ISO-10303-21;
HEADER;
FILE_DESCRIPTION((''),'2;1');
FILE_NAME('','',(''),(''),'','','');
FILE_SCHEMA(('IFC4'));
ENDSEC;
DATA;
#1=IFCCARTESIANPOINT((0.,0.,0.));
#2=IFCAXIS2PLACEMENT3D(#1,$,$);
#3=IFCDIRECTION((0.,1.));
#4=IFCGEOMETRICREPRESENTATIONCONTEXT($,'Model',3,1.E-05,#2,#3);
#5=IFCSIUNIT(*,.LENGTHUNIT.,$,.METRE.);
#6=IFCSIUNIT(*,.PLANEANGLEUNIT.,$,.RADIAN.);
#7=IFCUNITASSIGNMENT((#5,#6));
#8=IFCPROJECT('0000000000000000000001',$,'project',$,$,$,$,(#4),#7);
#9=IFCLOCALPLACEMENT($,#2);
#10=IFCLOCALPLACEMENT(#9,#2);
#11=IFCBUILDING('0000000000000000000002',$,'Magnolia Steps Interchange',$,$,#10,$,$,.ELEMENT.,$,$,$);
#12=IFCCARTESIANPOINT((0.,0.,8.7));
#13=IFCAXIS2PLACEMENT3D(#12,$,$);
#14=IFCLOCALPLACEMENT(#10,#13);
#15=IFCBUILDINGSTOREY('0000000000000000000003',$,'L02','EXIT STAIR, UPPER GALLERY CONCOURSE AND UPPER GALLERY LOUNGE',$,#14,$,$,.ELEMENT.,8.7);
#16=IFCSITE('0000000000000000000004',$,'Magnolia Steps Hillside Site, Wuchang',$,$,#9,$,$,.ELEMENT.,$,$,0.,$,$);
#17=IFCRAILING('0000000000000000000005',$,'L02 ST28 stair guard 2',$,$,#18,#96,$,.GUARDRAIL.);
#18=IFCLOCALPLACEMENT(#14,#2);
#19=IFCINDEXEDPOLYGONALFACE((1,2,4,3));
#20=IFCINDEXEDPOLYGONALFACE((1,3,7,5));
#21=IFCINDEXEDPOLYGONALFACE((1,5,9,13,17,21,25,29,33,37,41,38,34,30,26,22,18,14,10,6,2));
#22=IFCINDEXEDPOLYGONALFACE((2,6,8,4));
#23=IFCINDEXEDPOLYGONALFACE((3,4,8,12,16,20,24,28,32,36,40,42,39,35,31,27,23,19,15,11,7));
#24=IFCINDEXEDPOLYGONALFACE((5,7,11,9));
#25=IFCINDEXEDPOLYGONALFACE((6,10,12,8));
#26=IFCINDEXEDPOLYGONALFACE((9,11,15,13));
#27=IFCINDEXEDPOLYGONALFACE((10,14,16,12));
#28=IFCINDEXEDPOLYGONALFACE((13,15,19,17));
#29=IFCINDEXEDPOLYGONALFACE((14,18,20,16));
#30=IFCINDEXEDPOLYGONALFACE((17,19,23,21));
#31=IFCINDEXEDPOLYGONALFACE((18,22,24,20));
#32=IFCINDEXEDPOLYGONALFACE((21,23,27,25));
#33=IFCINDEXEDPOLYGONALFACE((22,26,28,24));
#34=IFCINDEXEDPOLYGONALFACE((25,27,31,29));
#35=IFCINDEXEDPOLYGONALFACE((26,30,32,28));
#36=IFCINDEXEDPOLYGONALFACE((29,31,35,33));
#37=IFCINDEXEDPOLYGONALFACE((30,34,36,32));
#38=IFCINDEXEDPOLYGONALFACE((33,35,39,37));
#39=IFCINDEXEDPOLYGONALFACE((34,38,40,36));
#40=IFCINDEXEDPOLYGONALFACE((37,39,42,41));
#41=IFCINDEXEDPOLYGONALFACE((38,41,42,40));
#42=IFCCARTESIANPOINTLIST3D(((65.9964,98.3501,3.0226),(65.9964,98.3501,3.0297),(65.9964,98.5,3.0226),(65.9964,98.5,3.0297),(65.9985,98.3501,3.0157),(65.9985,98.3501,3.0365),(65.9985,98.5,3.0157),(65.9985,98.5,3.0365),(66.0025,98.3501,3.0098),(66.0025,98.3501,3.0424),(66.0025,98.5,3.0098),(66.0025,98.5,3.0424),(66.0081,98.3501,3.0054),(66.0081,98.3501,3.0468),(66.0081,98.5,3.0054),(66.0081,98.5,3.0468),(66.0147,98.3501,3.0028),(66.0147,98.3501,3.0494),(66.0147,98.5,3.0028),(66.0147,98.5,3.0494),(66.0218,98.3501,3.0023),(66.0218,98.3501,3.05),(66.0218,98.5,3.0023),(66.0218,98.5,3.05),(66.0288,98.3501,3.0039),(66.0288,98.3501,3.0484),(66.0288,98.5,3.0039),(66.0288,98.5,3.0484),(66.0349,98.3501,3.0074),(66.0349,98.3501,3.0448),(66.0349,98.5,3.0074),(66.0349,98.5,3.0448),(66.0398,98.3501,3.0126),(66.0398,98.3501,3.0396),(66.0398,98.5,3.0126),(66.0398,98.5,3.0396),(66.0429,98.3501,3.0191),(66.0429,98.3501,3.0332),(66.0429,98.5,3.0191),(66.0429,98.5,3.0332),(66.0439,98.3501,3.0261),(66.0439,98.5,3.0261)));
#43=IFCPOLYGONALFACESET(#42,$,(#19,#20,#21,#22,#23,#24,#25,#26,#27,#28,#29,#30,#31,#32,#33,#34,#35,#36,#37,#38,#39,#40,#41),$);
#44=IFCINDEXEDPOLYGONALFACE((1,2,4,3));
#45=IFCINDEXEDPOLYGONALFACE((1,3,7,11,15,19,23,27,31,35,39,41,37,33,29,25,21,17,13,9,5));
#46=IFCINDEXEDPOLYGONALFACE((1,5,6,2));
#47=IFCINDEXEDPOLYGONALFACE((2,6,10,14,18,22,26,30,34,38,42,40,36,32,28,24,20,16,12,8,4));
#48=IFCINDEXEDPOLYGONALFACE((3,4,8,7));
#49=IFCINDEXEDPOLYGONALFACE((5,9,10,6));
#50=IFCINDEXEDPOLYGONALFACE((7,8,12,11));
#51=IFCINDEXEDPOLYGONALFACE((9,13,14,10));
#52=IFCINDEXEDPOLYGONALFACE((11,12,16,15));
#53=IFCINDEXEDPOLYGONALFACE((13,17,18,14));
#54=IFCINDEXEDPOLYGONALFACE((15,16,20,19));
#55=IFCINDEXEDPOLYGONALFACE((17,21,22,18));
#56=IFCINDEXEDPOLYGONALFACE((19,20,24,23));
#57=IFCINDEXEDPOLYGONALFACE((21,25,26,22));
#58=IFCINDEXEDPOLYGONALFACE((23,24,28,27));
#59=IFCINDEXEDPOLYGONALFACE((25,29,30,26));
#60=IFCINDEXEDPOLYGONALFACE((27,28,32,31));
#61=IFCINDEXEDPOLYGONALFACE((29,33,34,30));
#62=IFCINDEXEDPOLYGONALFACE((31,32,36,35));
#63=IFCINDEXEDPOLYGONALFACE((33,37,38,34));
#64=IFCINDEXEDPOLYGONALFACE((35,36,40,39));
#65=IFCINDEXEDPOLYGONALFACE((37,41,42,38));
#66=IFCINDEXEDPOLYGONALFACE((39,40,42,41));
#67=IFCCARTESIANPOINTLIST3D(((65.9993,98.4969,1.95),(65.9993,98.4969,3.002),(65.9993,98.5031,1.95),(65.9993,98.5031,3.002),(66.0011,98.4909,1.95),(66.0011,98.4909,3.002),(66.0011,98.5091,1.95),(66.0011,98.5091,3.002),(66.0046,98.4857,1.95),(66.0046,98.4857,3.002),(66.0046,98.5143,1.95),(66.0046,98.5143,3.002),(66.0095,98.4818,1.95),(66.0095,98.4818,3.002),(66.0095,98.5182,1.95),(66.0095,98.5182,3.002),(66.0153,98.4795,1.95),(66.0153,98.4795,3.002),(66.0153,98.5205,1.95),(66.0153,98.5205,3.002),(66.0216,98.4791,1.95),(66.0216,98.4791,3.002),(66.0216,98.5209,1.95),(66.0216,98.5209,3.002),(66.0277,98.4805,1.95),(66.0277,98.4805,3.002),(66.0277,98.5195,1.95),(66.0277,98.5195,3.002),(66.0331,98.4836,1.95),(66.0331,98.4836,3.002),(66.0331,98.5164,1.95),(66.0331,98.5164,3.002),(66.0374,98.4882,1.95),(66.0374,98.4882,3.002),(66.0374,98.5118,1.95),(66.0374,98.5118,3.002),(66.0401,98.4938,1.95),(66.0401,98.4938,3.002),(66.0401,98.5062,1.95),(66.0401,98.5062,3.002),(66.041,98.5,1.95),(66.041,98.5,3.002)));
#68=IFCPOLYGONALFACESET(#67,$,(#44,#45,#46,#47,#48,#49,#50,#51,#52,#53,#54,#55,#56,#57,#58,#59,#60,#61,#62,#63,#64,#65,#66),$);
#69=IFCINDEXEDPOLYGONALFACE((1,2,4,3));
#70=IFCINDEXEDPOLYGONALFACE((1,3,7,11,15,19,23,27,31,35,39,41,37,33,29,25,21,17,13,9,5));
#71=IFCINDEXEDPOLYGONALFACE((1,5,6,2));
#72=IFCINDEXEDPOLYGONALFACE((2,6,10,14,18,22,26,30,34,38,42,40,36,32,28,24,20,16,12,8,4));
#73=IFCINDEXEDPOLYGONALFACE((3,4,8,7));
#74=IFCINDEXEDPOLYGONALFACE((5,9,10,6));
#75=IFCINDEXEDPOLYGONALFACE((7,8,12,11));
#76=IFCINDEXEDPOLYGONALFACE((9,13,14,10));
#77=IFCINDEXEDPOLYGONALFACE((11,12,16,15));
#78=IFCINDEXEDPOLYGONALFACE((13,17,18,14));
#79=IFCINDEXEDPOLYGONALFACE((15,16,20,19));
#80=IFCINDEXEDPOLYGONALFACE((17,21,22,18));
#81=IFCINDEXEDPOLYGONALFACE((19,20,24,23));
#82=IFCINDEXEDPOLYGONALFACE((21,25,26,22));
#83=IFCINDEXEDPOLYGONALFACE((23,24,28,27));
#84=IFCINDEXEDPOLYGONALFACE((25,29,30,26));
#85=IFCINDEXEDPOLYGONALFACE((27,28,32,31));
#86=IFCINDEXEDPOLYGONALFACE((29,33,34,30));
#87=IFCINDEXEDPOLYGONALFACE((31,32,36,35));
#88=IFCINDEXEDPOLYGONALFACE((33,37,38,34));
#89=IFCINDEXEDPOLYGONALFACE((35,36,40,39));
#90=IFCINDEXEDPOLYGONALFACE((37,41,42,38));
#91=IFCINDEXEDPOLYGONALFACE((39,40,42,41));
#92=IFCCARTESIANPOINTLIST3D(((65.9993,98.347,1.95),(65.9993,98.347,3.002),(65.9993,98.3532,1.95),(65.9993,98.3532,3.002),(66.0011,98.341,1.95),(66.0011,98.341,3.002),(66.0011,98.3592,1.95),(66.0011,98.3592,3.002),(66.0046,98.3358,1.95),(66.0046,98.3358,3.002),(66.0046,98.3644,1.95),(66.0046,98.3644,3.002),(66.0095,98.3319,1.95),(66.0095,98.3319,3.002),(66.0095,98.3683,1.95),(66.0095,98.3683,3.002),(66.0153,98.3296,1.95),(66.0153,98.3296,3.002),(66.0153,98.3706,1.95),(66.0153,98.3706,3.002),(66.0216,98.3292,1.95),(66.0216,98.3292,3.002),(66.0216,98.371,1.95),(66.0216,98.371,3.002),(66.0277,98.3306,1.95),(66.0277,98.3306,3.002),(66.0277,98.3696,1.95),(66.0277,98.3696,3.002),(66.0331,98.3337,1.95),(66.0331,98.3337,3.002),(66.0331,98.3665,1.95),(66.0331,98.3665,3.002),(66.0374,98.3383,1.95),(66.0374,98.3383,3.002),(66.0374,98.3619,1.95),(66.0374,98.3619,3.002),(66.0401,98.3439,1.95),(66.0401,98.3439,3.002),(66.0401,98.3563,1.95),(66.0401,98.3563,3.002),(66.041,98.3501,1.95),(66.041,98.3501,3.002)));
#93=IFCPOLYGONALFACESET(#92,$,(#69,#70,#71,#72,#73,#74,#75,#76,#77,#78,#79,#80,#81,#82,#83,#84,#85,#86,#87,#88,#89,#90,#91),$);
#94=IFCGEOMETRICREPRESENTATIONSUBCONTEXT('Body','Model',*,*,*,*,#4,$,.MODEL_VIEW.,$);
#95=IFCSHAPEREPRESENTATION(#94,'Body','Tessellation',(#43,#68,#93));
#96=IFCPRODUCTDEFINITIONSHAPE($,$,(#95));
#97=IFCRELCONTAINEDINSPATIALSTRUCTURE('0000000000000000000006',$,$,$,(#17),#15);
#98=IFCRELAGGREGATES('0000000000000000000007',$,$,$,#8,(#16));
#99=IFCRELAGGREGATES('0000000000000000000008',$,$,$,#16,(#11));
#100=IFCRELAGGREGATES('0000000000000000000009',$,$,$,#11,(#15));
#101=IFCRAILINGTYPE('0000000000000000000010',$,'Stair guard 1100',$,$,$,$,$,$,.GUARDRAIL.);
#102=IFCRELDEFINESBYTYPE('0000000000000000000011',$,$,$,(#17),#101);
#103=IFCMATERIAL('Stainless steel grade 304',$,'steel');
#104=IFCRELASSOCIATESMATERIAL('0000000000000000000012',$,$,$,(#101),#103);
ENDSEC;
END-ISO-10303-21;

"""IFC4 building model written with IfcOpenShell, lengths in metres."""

from ifc_helpers import new_model, si_unit, direction, frame, origin, origin_2d, place, context, subcontext, project, spatial, circle, extrude, material, type_object, element, save


model = new_model("IFC4")

# Units and contexts
model_context = context("Model", 3, precision=1e-05, world=origin(), true_north=direction((0.0, 1.0)))
body_context = subcontext(model_context, "Body", "Model", "MODEL_VIEW")
ifc_project = project(units=[si_unit("LENGTHUNIT", "METRE"), si_unit("PLANEANGLEUNIT", "RADIAN")], contexts=[model_context])

# Site, building, storey
site_placement = place(None, origin())
site = spatial("IfcSite", under=ifc_project, at=site_placement, Name="Magnolia Steps Hillside Site, Wuchang", CompositionType="ELEMENT", RefElevation=0.0)
building_placement = place(site_placement, origin())
building = spatial("IfcBuilding", under=site, at=building_placement, Name="Magnolia Steps Interchange", CompositionType="ELEMENT")
storey_placement = place(building_placement, frame((0.0, 0.0, 8.7)))
storey = spatial("IfcBuildingStorey", under=building, at=storey_placement, Name="L02", Description="EXIT STAIR, UPPER GALLERY CONCOURSE AND UPPER GALLERY LOUNGE", CompositionType="ELEMENT", Elevation=8.7)

# Railing
ifc_material_1 = material(Name="Stainless steel grade 304", Category="steel")
railing_type_1 = type_object("IfcRailingType", Name="Stair guard 1100", PredefinedType="GUARDRAIL", material=ifc_material_1)
railing_1_placement = place(storey_placement, frame((66.02, 98.5, 1.95)))
element("IfcRailing", 1, at=railing_1_placement, inside=storey, type_object=railing_type_1, Name="L02 ST28 stair guard 2", PredefinedType="GUARDRAIL", context=body_context, shape_type="SweptSolid", body=[
    extrude(circle(Radius=0.0239, at=origin_2d()), frame((0.0, 0.0, 1.0762), z_axis=(0.0, -1.0, 0.0), x_axis=(1.0, 0.0, 0.0)), (0.0, 0.0, 1.0), 0.1499),
    extrude(circle(Radius=0.021, at=origin_2d()), origin(), (0.0, 0.0, 1.0), 1.052),
    extrude(circle(Radius=0.021, at=origin_2d()), frame((0.0, -0.1499, 0.0)), (0.0, 0.0, 1.0), 1.052),
])

save(model, "model.ifc")
